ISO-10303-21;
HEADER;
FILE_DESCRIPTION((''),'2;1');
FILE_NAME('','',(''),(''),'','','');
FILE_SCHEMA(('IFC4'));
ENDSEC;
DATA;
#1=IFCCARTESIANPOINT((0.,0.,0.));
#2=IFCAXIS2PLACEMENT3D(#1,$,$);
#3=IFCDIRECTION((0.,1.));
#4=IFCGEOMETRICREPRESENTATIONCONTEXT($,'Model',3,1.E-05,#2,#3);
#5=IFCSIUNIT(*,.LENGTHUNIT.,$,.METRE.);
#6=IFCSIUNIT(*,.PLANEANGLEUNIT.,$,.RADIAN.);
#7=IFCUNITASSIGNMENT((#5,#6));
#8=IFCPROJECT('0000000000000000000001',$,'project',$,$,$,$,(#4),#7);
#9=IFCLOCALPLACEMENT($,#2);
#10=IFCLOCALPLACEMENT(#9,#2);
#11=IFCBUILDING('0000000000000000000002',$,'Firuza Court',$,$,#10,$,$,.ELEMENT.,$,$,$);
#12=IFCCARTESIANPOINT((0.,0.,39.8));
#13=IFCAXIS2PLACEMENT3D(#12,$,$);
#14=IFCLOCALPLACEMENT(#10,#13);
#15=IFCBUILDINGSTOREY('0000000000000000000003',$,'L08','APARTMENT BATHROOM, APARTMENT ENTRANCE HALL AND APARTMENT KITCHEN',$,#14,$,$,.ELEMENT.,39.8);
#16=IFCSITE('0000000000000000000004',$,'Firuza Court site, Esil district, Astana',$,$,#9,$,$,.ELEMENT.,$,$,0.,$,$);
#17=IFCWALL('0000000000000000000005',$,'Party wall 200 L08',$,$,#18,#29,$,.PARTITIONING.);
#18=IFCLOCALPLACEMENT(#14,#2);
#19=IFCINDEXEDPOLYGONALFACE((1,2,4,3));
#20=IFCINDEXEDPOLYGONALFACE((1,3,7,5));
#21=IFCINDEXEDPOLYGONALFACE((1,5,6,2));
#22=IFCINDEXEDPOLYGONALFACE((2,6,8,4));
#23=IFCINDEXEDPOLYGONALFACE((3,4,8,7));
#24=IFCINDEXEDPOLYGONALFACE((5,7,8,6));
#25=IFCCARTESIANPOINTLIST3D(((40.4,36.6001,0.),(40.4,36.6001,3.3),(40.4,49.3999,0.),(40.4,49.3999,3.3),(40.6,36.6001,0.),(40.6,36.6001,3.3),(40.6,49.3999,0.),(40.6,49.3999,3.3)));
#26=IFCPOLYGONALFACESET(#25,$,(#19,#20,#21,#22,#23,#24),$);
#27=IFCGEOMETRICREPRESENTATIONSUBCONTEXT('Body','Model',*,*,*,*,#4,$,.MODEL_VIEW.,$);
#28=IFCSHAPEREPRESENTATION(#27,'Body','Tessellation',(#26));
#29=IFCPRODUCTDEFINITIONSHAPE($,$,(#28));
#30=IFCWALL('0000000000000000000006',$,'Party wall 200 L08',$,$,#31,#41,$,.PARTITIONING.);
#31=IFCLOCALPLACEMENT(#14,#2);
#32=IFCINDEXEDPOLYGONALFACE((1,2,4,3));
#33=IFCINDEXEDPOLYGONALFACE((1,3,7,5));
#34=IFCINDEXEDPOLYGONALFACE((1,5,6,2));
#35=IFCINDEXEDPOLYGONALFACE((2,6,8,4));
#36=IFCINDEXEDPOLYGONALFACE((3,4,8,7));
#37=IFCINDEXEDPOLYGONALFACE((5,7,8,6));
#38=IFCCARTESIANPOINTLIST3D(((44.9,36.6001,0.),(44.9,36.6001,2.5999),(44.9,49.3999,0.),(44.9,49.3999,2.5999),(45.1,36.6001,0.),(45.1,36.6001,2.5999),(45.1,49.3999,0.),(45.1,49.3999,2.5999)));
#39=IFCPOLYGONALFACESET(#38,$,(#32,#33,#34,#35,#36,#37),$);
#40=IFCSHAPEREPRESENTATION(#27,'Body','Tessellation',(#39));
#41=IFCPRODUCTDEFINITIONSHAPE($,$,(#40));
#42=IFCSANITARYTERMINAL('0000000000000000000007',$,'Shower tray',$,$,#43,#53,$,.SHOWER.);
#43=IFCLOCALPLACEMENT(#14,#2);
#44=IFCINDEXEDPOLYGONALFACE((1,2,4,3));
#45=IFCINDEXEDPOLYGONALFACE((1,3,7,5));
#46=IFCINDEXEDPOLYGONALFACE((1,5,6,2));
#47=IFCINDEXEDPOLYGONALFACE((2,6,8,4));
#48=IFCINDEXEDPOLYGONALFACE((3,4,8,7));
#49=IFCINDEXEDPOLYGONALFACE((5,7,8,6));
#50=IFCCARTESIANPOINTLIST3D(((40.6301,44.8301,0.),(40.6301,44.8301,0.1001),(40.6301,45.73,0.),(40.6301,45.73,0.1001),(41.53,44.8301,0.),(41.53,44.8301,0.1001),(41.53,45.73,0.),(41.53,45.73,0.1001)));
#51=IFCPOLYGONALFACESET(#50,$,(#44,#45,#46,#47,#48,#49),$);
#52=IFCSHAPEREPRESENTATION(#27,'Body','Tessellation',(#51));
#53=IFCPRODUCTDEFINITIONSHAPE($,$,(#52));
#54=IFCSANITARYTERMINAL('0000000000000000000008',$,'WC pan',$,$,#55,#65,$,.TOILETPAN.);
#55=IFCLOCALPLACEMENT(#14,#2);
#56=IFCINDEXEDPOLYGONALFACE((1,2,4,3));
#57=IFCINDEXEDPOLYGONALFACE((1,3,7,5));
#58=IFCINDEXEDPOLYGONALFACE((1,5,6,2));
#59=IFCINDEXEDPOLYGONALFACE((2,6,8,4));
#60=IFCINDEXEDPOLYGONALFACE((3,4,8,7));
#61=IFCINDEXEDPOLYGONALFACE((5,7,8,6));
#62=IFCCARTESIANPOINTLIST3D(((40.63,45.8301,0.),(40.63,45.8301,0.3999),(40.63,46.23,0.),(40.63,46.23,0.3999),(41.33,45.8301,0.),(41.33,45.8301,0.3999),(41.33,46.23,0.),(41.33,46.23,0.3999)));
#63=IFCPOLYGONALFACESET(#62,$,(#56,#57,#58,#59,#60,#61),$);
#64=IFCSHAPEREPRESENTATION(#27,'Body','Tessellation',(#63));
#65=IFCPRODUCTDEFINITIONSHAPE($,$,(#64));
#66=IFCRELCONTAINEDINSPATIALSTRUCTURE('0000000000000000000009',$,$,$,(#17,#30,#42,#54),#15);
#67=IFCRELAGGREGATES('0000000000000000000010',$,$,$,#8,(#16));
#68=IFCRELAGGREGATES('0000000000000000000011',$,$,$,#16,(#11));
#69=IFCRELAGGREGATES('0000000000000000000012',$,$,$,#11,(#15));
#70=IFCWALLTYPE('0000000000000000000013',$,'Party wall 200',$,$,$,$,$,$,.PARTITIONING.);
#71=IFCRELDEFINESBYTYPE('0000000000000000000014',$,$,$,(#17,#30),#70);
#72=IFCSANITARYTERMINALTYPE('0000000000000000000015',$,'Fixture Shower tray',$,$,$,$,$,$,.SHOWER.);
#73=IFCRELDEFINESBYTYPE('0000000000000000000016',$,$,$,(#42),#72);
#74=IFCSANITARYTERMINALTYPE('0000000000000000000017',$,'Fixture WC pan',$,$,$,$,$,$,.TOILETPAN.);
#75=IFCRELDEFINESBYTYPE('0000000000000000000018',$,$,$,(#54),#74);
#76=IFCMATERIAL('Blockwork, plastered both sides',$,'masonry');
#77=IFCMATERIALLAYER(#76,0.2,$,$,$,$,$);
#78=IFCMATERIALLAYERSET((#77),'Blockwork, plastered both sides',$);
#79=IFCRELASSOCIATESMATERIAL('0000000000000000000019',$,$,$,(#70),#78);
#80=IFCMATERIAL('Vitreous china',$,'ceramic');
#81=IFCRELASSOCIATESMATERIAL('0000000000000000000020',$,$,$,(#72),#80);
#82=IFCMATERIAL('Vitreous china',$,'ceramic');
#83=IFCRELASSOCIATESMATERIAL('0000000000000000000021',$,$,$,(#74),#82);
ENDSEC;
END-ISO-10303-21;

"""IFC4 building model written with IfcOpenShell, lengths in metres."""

from ifc_helpers import new_model, si_unit, direction, frame, frame_2d, origin, origin_2d, place, context, subcontext, project, spatial, rectangle, extrude, material, layer, layer_set, type_object, element, save


model = new_model("IFC4")

# Units and contexts
model_context = context("Model", 3, precision=1e-05, world=origin(), true_north=direction((0.0, 1.0)))
body_context = subcontext(model_context, "Body", "Model", "MODEL_VIEW")
ifc_project = project(units=[si_unit("LENGTHUNIT", "METRE"), si_unit("PLANEANGLEUNIT", "RADIAN")], contexts=[model_context])

# Site, building, storey
site_placement = place(None, origin())
site = spatial("IfcSite", under=ifc_project, at=site_placement, Name="Firuza Court site, Esil district, Astana", CompositionType="ELEMENT", RefElevation=0.0)
building_placement = place(site_placement, origin())
building = spatial("IfcBuilding", under=site, at=building_placement, Name="Firuza Court", CompositionType="ELEMENT")
storey_placement = place(building_placement, frame((0.0, 0.0, 39.8)))
storey = spatial("IfcBuildingStorey", under=building, at=storey_placement, Name="L08", Description="APARTMENT BATHROOM, APARTMENT ENTRANCE HALL AND APARTMENT KITCHEN", CompositionType="ELEMENT", Elevation=39.8)

# Walls
ifc_material_1 = material(Name="Blockwork, plastered both sides", Category="masonry")
ifc_layer_1 = layer(ifc_material_1, 0.2)
ifc_layer_set_1 = layer_set([ifc_layer_1], Name="Blockwork, plastered both sides")
wall_type_1 = type_object("IfcWallType", Name="Party wall 200", PredefinedType="PARTITIONING", material=ifc_layer_set_1)
wall_1_placement = place(storey_placement, frame((40.5, 36.6001, 0.0), z_axis=(0.0, 0.0, 1.0), x_axis=(0.0, 1.0, 0.0)))
element("IfcWall", 1, at=wall_1_placement, inside=storey, type_object=wall_type_1, Name="Party wall 200 L08", PredefinedType="PARTITIONING", context=body_context, shape_type="SweptSolid", body=[
    extrude(rectangle(XDim=12.7998, YDim=0.2, at=frame_2d((6.3999, 0.0))), origin(), (0.0, 0.0, 1.0), 3.3),
])
wall_2_placement = place(storey_placement, frame((45.0, 36.6001, 0.0), z_axis=(0.0, 0.0, 1.0), x_axis=(0.0, 1.0, 0.0)))
element("IfcWall", 2, at=wall_2_placement, inside=storey, type_object=wall_type_1, Name="Party wall 200 L08", PredefinedType="PARTITIONING", context=body_context, shape_type="SweptSolid", body=[
    extrude(rectangle(XDim=12.7998, YDim=0.2, at=frame_2d((6.3999, 0.0))), origin(), (0.0, 0.0, 1.0), 2.5999),
])

# Sanitary terminals
ifc_material_2 = material(Name="Vitreous china", Category="ceramic")
sanitary_terminal_type_1 = type_object("IfcSanitaryTerminalType", Name="Fixture Shower tray", PredefinedType="SHOWER", material=ifc_material_2)
sanitary_terminal_1_placement = place(storey_placement, frame((41.0801, 45.28, 0.0), z_axis=(0.0, 0.0, 1.0), x_axis=(1.0, 0.0, 0.0)))
element("IfcSanitaryTerminal", 3, at=sanitary_terminal_1_placement, inside=storey, type_object=sanitary_terminal_type_1, Name="Shower tray", PredefinedType="SHOWER", context=body_context, shape_type="SweptSolid", body=[
    extrude(rectangle(XDim=0.8999, YDim=0.8999, at=origin_2d()), origin(), (0.0, 0.0, 1.0), 0.1001),
])
ifc_material_3 = material(Name="Vitreous china", Category="ceramic")
sanitary_terminal_type_2 = type_object("IfcSanitaryTerminalType", Name="Fixture WC pan", PredefinedType="TOILETPAN", material=ifc_material_3)
sanitary_terminal_2_placement = place(storey_placement, frame((40.98, 46.03, 0.0), z_axis=(0.0, 0.0, 1.0), x_axis=(1.0, 0.0, 0.0)))
element("IfcSanitaryTerminal", 4, at=sanitary_terminal_2_placement, inside=storey, type_object=sanitary_terminal_type_2, Name="WC pan", PredefinedType="TOILETPAN", context=body_context, shape_type="SweptSolid", body=[
    extrude(rectangle(XDim=0.7, YDim=0.3999, at=origin_2d()), origin(), (0.0, 0.0, 1.0), 0.3999),
])

save(model, "model.ifc")
